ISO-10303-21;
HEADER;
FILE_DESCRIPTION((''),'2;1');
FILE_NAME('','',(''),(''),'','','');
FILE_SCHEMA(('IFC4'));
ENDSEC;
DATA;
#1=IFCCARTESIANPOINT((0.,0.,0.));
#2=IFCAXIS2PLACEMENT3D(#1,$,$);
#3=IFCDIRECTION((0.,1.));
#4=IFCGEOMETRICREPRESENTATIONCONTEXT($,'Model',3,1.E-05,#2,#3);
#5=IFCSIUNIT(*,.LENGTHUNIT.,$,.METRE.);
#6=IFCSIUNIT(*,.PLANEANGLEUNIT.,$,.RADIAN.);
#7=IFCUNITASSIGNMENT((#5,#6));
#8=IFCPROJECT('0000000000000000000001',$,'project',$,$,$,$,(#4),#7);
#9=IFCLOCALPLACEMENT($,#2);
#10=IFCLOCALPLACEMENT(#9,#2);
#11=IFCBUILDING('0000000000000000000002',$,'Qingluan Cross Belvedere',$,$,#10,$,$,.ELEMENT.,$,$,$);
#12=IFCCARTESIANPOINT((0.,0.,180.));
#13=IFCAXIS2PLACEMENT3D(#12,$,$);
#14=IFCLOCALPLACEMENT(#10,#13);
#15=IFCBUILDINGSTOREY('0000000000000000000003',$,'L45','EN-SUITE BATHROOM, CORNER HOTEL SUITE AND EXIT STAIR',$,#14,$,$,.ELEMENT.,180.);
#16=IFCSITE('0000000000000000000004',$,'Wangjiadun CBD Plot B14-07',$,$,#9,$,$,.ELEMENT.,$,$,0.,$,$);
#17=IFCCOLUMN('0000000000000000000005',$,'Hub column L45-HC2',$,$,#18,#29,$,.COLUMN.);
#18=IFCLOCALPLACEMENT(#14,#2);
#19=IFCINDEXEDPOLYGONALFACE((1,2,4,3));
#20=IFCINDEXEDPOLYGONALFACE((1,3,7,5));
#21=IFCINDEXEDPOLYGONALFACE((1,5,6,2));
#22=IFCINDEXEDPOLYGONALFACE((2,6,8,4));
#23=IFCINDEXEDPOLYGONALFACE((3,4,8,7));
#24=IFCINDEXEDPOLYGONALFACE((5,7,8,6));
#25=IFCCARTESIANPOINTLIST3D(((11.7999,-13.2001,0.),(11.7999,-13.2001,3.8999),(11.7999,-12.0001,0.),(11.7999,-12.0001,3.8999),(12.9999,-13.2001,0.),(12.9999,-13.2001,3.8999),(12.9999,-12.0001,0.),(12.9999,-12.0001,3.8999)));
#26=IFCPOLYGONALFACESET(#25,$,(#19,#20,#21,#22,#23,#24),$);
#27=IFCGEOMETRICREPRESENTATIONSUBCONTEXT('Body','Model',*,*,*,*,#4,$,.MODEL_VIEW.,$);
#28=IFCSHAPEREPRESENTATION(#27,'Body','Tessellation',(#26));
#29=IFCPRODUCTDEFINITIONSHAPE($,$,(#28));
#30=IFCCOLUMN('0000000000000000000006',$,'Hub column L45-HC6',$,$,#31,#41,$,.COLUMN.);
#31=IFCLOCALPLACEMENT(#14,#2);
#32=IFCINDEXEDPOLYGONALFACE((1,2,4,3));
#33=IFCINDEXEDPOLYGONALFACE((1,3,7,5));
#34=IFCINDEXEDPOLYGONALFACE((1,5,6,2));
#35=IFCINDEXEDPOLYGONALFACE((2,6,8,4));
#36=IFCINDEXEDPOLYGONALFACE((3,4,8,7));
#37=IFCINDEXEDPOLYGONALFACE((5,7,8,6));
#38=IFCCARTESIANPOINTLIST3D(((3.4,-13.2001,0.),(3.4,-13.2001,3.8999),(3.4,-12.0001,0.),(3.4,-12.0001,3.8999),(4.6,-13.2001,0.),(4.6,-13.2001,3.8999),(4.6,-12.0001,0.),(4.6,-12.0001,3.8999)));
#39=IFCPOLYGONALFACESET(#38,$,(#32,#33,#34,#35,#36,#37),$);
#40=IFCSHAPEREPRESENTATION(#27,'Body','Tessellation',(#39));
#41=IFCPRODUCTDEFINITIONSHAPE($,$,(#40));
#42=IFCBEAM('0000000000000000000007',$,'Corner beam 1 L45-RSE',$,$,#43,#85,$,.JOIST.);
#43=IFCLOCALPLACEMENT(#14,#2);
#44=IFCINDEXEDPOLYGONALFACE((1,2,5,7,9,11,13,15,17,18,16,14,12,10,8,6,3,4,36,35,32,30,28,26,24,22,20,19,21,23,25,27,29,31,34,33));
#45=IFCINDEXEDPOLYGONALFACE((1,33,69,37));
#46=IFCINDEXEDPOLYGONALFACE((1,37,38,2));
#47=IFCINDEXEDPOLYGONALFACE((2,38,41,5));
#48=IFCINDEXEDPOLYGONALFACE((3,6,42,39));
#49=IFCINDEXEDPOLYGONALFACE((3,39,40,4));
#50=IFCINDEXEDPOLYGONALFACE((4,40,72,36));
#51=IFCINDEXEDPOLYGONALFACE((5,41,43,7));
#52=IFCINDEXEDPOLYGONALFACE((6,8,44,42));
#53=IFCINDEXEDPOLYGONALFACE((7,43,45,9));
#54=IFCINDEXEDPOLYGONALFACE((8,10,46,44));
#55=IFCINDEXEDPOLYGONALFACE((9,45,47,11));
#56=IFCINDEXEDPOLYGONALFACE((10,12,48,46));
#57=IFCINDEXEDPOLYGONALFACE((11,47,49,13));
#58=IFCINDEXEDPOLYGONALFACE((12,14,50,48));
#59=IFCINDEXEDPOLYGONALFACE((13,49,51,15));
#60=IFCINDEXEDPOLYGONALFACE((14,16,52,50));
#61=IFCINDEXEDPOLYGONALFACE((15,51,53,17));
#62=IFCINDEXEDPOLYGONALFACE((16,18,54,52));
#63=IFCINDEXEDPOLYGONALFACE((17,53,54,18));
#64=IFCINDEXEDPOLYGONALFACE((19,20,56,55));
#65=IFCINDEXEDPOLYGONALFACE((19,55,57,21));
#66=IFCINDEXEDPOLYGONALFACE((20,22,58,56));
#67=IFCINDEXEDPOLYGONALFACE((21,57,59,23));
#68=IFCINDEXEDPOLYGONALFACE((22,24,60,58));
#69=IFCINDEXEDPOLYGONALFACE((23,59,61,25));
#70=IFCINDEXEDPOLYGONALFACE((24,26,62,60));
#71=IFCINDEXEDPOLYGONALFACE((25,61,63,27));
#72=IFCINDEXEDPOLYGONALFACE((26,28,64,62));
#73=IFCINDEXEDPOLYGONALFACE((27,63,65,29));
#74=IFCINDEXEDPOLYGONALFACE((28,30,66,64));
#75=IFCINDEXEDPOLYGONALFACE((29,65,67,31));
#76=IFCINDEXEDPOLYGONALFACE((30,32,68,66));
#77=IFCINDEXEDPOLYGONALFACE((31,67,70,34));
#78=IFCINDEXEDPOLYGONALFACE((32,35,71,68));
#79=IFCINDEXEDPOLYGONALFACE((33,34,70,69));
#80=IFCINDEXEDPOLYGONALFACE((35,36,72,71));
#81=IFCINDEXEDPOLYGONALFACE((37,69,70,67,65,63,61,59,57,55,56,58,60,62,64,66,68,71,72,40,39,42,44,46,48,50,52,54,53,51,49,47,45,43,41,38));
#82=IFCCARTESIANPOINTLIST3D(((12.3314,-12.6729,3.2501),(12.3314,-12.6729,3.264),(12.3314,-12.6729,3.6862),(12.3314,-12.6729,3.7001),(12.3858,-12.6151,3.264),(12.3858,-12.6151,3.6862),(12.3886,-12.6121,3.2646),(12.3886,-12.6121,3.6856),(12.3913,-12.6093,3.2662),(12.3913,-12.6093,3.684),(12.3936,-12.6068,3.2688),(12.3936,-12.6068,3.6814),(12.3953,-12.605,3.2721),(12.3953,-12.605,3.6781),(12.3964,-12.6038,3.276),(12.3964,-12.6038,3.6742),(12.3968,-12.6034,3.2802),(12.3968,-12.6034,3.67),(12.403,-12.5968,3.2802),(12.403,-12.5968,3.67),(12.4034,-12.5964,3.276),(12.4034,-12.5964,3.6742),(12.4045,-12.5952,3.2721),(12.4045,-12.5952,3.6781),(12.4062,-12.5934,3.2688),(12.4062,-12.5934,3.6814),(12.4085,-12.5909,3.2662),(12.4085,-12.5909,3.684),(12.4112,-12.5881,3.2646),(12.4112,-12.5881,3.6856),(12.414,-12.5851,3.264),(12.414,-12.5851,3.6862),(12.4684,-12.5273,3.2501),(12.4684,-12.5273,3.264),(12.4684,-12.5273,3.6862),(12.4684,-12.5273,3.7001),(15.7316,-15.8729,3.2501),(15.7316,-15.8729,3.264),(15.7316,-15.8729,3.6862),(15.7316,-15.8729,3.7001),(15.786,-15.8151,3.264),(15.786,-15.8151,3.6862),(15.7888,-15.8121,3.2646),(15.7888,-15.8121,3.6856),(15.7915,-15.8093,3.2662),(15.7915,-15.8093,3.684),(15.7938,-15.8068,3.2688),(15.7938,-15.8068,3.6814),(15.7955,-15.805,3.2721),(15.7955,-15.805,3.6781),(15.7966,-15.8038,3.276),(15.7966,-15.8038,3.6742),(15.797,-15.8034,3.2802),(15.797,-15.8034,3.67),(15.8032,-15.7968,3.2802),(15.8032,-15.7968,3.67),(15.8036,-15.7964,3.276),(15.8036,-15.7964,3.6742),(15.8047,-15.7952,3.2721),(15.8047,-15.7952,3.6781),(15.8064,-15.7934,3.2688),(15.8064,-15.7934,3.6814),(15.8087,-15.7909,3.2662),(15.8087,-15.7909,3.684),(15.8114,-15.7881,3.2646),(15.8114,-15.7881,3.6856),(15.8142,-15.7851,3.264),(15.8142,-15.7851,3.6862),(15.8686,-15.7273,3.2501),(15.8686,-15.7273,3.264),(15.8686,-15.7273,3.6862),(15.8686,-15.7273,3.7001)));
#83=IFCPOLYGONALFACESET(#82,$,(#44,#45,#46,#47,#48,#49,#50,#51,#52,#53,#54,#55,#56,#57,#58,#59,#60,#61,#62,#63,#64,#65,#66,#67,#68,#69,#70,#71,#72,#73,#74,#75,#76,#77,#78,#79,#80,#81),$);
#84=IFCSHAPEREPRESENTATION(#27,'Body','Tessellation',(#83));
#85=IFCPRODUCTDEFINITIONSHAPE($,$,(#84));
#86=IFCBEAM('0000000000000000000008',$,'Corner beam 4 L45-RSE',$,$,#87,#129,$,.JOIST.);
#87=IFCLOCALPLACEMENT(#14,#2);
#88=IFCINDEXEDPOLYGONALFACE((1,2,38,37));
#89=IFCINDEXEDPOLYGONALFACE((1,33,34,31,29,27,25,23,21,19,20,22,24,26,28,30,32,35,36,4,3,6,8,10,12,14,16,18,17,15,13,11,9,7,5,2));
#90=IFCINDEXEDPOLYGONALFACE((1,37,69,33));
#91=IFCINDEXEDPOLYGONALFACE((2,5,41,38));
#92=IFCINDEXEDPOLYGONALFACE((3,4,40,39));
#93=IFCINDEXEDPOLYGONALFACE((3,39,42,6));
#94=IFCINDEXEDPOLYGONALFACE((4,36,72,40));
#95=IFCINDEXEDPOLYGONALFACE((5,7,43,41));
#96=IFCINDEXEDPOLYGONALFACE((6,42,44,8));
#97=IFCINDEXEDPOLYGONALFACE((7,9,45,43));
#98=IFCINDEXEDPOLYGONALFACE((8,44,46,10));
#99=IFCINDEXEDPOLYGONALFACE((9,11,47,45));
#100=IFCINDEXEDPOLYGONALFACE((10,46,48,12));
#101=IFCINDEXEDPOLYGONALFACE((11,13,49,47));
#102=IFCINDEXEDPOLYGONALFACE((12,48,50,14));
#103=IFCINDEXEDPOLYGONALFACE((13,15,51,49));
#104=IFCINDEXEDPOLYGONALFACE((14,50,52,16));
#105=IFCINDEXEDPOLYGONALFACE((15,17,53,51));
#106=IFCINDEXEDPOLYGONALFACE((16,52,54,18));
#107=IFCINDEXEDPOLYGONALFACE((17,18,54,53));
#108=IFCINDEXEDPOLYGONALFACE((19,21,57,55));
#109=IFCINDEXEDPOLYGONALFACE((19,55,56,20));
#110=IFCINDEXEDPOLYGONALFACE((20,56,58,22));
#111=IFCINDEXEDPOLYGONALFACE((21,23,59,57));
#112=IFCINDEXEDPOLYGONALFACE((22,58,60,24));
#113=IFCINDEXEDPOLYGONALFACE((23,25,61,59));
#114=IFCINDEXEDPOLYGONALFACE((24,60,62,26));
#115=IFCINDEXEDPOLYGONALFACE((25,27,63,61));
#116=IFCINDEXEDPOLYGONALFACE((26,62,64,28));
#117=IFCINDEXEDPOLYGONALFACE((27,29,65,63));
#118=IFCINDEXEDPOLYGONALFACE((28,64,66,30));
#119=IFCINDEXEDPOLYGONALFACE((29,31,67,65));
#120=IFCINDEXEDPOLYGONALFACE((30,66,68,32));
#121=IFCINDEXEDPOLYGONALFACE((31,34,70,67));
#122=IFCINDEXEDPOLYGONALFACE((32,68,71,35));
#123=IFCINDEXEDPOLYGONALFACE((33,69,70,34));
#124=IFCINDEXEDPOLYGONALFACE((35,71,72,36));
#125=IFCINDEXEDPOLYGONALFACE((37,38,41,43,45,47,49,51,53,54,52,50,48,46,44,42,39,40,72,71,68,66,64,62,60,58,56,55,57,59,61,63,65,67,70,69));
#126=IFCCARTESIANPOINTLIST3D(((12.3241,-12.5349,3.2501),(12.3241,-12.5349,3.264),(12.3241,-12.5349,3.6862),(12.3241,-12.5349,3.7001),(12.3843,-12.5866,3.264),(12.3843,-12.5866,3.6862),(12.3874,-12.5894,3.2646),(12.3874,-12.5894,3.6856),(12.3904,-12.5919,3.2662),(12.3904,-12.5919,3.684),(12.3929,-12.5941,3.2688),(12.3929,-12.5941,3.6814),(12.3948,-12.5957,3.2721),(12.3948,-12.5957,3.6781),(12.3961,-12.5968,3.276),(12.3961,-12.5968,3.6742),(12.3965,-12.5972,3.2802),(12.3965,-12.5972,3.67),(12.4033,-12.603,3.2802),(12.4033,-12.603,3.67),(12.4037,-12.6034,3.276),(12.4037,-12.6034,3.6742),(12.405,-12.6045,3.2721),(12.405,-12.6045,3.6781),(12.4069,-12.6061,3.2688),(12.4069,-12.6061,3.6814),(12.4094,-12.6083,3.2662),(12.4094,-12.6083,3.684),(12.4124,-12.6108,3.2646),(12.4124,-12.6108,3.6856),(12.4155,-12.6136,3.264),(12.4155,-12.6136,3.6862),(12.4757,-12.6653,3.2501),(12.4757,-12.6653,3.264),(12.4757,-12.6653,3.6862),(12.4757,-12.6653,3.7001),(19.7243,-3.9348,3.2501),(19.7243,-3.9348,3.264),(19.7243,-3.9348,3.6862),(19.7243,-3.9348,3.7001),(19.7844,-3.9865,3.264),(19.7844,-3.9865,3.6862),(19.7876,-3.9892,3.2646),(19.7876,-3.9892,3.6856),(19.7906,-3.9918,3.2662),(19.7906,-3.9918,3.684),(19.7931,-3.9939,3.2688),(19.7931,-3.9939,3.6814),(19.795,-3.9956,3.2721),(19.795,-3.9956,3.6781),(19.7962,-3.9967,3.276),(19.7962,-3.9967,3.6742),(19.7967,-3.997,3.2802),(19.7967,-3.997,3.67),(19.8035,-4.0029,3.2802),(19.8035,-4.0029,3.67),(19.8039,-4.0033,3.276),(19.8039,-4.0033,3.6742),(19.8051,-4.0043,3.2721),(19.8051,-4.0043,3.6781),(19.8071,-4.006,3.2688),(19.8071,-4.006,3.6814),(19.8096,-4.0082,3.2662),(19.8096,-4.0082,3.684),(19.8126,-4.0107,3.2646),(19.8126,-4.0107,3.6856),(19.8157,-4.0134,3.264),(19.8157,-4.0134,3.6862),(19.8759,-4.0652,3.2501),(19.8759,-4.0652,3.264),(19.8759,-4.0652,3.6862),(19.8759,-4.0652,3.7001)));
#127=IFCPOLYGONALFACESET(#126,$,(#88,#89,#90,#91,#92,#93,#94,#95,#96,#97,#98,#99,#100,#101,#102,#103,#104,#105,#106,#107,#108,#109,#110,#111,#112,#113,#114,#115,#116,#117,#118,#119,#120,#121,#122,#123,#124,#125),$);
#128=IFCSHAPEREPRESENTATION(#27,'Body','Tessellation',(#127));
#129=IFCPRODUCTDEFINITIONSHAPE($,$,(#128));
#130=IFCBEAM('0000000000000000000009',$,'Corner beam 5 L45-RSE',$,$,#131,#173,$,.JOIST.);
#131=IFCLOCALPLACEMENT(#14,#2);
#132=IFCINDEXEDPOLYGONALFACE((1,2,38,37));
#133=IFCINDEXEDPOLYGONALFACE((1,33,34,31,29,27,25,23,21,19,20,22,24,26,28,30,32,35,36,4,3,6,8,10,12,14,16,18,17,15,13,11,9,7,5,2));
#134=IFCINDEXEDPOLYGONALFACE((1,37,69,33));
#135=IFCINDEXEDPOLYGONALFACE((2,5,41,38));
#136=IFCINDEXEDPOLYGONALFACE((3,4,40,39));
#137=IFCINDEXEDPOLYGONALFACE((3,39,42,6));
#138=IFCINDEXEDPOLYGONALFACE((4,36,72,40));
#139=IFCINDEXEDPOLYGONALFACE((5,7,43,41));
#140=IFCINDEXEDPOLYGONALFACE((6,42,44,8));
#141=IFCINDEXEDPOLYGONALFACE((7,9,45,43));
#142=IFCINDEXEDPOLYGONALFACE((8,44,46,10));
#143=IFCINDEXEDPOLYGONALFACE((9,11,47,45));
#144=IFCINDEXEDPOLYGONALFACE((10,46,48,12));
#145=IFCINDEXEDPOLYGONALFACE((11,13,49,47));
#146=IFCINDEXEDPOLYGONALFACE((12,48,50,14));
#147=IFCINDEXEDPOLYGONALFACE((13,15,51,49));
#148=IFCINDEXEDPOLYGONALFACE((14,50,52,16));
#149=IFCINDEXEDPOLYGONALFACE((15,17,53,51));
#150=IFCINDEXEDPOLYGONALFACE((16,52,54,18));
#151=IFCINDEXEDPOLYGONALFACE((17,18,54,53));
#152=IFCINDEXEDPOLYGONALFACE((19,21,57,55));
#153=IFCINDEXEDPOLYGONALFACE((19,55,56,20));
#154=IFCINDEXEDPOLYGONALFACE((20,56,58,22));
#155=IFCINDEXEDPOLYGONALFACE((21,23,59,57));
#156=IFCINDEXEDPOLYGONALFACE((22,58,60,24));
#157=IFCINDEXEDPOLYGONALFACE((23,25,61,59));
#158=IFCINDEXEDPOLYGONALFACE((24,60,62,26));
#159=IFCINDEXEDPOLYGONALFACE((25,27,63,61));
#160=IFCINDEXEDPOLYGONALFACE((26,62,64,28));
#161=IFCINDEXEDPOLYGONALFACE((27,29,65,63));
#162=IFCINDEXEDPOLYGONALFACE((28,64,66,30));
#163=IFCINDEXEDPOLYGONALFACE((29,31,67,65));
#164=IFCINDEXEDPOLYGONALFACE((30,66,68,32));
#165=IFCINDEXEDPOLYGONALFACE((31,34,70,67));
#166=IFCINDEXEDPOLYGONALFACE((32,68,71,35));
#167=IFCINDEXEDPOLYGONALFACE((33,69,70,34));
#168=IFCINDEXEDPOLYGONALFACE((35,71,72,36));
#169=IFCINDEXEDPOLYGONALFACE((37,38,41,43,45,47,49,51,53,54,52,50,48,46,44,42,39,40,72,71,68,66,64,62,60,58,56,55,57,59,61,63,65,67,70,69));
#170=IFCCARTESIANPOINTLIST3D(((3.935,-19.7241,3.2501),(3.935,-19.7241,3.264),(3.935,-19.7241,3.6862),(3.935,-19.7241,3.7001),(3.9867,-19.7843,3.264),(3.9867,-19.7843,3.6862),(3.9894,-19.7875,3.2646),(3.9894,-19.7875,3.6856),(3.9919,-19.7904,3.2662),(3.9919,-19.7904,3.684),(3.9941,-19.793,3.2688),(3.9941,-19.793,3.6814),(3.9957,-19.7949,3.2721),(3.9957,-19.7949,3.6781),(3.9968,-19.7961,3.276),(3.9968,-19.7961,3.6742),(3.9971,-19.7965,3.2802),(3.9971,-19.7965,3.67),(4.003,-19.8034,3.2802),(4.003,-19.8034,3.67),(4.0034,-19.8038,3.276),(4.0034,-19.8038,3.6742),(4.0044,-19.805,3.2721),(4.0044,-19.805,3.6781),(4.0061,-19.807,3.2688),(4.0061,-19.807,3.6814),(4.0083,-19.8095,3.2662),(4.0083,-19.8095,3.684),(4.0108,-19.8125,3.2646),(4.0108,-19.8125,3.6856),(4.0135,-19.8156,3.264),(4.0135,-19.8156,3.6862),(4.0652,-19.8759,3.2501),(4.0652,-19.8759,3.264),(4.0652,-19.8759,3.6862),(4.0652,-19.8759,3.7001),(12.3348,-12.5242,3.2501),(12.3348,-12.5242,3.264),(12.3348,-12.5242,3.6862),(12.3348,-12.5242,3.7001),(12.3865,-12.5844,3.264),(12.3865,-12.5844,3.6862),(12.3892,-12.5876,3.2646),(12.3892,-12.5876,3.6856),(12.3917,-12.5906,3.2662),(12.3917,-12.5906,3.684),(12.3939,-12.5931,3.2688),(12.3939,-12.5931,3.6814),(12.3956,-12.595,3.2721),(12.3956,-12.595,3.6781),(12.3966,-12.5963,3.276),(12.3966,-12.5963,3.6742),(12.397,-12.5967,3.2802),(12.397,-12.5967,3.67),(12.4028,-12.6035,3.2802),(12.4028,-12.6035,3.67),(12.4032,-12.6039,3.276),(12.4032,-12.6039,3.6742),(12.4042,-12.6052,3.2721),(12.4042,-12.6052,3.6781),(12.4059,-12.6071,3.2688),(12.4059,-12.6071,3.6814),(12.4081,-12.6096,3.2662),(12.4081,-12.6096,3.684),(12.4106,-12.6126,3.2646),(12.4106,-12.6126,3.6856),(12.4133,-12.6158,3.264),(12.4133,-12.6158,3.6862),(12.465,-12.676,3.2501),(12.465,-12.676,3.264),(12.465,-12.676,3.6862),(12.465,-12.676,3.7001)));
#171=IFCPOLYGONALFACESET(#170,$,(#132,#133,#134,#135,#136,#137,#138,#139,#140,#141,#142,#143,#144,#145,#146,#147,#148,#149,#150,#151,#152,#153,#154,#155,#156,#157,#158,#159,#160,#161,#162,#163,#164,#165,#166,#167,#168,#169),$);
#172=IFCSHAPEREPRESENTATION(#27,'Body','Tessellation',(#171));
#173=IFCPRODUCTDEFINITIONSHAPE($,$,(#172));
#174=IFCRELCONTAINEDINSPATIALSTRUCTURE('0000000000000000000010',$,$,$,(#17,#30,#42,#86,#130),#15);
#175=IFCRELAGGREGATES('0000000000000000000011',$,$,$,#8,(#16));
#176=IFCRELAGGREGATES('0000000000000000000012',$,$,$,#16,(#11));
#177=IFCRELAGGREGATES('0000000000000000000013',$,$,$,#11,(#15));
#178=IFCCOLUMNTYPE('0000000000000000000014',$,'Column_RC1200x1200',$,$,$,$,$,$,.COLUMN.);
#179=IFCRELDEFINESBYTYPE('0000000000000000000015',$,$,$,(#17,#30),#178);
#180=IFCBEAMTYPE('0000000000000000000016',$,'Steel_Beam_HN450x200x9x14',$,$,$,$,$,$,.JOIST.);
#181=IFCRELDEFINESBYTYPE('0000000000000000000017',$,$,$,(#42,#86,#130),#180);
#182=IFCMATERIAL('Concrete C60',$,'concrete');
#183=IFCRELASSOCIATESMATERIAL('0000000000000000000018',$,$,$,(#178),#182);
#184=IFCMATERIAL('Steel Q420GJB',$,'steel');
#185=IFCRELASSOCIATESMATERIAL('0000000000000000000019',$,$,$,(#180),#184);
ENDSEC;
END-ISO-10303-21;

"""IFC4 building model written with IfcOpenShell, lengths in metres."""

from ifc_helpers import new_model, si_unit, direction, frame, origin, origin_2d, place, context, subcontext, project, spatial, rectangle, i_section, extrude, material, material_profile, profile_set, type_object, element, save


model = new_model("IFC4")

# Units and contexts
model_context = context("Model", 3, precision=1e-05, world=origin(), true_north=direction((0.0, 1.0)))
body_context = subcontext(model_context, "Body", "Model", "MODEL_VIEW")
ifc_project = project(units=[si_unit("LENGTHUNIT", "METRE"), si_unit("PLANEANGLEUNIT", "RADIAN")], contexts=[model_context])

# Site, building, storey
site_placement = place(None, origin())
site = spatial("IfcSite", under=ifc_project, at=site_placement, Name="Wangjiadun CBD Plot B14-07", CompositionType="ELEMENT", RefElevation=0.0)
building_placement = place(site_placement, origin())
building = spatial("IfcBuilding", under=site, at=building_placement, Name="Qingluan Cross Belvedere", CompositionType="ELEMENT")
storey_placement = place(building_placement, frame((0.0, 0.0, 180.0)))
storey = spatial("IfcBuildingStorey", under=building, at=storey_placement, Name="L45", Description="EN-SUITE BATHROOM, CORNER HOTEL SUITE AND EXIT STAIR", CompositionType="ELEMENT", Elevation=180.0)

# Columns
ifc_material_1 = material(Name="Concrete C60", Category="concrete")
ifc_material_profile_1 = material_profile(ifc_material_1, rectangle(XDim=1.2, YDim=1.2, at=origin_2d()), Name="RC1200x1200")
ifc_profile_set_1 = profile_set([ifc_material_profile_1], Name="Concrete C60")
column_type = type_object("IfcColumnType", Name="Column_RC1200x1200", PredefinedType="COLUMN", material=ifc_profile_set_1)
for number, where, z_axis, x_axis, name in (
    (1, (12.3999, -12.6001, 0.0), (0.0, 0.0, 1.0), (1.0, 0.0, 0.0), "Hub column L45-HC2"),
    (2, (4.0, -12.6001, 0.0), (0.0, 0.0, 1.0), (1.0, 0.0, 0.0), "Hub column L45-HC6"),
):
    element("IfcColumn", number, at=place(storey_placement, frame(where, z_axis=z_axis, x_axis=x_axis)), inside=storey, type_object=column_type, Name=name, PredefinedType="COLUMN", context=body_context, shape_type="SweptSolid", body=[
        extrude(rectangle(XDim=1.2, YDim=1.2, at=origin_2d()), origin(), (0.0, 0.0, 1.0), 3.8999),
    ])

# Beams
ifc_material_2 = material(Name="Steel Q420GJB", Category="steel")
ifc_material_profile_2 = material_profile(ifc_material_2, i_section(OverallWidth=0.2, OverallDepth=0.45, WebThickness=0.009, FlangeThickness=0.0139, FilletRadius=0.0161, at=origin_2d()), Name="HN450x200x9x14")
ifc_profile_set_2 = profile_set([ifc_material_profile_2], Name="Steel Q420GJB")
beam_type_1 = type_object("IfcBeamType", Name="Steel_Beam_HN450x200x9x14", PredefinedType="JOIST", material=ifc_profile_set_2)
beam_1_placement = place(storey_placement, frame((12.3999, -12.6001, 3.4751), z_axis=(0.72822, -0.685343, 0.0), x_axis=(0.685343, 0.72822, 0.0)))
element("IfcBeam", 3, at=beam_1_placement, inside=storey, type_object=beam_type_1, Name="Corner beam 1 L45-RSE", PredefinedType="JOIST", context=body_context, shape_type="SweptSolid", body=[
    extrude(i_section(OverallWidth=0.2, OverallDepth=0.45, WebThickness=0.009, FlangeThickness=0.0139, FilletRadius=0.0161, at=origin_2d()), origin(), (0.0, 0.0, 1.0), 4.6692),
])
beam_2_placement = place(storey_placement, frame((12.3999, -12.6001, 3.4751), z_axis=(0.652245, 0.758008, 0.0), x_axis=(-0.758008, 0.652245, 0.0)))
element("IfcBeam", 4, at=beam_2_placement, inside=storey, type_object=beam_type_1, Name="Corner beam 4 L45-RSE", PredefinedType="JOIST", context=body_context, shape_type="SweptSolid", body=[
    extrude(i_section(OverallWidth=0.2, OverallDepth=0.45, WebThickness=0.009, FlangeThickness=0.0139, FilletRadius=0.0161, at=origin_2d()), origin(), (0.0, 0.0, 1.0), 11.3457),
])
beam_3_placement = place(storey_placement, frame((12.3999, -12.6001, 3.4751), z_axis=(-0.759255, -0.650793, 0.0), x_axis=(0.650793, -0.759255, 0.0)))
element("IfcBeam", 5, at=beam_3_placement, inside=storey, type_object=beam_type_1, Name="Corner beam 5 L45-RSE", PredefinedType="JOIST", context=body_context, shape_type="SweptSolid", body=[
    extrude(i_section(OverallWidth=0.2, OverallDepth=0.45, WebThickness=0.009, FlangeThickness=0.0139, FilletRadius=0.0161, at=origin_2d()), origin(), (0.0, 0.0, 1.0), 11.0632),
])

save(model, "model.ifc")
